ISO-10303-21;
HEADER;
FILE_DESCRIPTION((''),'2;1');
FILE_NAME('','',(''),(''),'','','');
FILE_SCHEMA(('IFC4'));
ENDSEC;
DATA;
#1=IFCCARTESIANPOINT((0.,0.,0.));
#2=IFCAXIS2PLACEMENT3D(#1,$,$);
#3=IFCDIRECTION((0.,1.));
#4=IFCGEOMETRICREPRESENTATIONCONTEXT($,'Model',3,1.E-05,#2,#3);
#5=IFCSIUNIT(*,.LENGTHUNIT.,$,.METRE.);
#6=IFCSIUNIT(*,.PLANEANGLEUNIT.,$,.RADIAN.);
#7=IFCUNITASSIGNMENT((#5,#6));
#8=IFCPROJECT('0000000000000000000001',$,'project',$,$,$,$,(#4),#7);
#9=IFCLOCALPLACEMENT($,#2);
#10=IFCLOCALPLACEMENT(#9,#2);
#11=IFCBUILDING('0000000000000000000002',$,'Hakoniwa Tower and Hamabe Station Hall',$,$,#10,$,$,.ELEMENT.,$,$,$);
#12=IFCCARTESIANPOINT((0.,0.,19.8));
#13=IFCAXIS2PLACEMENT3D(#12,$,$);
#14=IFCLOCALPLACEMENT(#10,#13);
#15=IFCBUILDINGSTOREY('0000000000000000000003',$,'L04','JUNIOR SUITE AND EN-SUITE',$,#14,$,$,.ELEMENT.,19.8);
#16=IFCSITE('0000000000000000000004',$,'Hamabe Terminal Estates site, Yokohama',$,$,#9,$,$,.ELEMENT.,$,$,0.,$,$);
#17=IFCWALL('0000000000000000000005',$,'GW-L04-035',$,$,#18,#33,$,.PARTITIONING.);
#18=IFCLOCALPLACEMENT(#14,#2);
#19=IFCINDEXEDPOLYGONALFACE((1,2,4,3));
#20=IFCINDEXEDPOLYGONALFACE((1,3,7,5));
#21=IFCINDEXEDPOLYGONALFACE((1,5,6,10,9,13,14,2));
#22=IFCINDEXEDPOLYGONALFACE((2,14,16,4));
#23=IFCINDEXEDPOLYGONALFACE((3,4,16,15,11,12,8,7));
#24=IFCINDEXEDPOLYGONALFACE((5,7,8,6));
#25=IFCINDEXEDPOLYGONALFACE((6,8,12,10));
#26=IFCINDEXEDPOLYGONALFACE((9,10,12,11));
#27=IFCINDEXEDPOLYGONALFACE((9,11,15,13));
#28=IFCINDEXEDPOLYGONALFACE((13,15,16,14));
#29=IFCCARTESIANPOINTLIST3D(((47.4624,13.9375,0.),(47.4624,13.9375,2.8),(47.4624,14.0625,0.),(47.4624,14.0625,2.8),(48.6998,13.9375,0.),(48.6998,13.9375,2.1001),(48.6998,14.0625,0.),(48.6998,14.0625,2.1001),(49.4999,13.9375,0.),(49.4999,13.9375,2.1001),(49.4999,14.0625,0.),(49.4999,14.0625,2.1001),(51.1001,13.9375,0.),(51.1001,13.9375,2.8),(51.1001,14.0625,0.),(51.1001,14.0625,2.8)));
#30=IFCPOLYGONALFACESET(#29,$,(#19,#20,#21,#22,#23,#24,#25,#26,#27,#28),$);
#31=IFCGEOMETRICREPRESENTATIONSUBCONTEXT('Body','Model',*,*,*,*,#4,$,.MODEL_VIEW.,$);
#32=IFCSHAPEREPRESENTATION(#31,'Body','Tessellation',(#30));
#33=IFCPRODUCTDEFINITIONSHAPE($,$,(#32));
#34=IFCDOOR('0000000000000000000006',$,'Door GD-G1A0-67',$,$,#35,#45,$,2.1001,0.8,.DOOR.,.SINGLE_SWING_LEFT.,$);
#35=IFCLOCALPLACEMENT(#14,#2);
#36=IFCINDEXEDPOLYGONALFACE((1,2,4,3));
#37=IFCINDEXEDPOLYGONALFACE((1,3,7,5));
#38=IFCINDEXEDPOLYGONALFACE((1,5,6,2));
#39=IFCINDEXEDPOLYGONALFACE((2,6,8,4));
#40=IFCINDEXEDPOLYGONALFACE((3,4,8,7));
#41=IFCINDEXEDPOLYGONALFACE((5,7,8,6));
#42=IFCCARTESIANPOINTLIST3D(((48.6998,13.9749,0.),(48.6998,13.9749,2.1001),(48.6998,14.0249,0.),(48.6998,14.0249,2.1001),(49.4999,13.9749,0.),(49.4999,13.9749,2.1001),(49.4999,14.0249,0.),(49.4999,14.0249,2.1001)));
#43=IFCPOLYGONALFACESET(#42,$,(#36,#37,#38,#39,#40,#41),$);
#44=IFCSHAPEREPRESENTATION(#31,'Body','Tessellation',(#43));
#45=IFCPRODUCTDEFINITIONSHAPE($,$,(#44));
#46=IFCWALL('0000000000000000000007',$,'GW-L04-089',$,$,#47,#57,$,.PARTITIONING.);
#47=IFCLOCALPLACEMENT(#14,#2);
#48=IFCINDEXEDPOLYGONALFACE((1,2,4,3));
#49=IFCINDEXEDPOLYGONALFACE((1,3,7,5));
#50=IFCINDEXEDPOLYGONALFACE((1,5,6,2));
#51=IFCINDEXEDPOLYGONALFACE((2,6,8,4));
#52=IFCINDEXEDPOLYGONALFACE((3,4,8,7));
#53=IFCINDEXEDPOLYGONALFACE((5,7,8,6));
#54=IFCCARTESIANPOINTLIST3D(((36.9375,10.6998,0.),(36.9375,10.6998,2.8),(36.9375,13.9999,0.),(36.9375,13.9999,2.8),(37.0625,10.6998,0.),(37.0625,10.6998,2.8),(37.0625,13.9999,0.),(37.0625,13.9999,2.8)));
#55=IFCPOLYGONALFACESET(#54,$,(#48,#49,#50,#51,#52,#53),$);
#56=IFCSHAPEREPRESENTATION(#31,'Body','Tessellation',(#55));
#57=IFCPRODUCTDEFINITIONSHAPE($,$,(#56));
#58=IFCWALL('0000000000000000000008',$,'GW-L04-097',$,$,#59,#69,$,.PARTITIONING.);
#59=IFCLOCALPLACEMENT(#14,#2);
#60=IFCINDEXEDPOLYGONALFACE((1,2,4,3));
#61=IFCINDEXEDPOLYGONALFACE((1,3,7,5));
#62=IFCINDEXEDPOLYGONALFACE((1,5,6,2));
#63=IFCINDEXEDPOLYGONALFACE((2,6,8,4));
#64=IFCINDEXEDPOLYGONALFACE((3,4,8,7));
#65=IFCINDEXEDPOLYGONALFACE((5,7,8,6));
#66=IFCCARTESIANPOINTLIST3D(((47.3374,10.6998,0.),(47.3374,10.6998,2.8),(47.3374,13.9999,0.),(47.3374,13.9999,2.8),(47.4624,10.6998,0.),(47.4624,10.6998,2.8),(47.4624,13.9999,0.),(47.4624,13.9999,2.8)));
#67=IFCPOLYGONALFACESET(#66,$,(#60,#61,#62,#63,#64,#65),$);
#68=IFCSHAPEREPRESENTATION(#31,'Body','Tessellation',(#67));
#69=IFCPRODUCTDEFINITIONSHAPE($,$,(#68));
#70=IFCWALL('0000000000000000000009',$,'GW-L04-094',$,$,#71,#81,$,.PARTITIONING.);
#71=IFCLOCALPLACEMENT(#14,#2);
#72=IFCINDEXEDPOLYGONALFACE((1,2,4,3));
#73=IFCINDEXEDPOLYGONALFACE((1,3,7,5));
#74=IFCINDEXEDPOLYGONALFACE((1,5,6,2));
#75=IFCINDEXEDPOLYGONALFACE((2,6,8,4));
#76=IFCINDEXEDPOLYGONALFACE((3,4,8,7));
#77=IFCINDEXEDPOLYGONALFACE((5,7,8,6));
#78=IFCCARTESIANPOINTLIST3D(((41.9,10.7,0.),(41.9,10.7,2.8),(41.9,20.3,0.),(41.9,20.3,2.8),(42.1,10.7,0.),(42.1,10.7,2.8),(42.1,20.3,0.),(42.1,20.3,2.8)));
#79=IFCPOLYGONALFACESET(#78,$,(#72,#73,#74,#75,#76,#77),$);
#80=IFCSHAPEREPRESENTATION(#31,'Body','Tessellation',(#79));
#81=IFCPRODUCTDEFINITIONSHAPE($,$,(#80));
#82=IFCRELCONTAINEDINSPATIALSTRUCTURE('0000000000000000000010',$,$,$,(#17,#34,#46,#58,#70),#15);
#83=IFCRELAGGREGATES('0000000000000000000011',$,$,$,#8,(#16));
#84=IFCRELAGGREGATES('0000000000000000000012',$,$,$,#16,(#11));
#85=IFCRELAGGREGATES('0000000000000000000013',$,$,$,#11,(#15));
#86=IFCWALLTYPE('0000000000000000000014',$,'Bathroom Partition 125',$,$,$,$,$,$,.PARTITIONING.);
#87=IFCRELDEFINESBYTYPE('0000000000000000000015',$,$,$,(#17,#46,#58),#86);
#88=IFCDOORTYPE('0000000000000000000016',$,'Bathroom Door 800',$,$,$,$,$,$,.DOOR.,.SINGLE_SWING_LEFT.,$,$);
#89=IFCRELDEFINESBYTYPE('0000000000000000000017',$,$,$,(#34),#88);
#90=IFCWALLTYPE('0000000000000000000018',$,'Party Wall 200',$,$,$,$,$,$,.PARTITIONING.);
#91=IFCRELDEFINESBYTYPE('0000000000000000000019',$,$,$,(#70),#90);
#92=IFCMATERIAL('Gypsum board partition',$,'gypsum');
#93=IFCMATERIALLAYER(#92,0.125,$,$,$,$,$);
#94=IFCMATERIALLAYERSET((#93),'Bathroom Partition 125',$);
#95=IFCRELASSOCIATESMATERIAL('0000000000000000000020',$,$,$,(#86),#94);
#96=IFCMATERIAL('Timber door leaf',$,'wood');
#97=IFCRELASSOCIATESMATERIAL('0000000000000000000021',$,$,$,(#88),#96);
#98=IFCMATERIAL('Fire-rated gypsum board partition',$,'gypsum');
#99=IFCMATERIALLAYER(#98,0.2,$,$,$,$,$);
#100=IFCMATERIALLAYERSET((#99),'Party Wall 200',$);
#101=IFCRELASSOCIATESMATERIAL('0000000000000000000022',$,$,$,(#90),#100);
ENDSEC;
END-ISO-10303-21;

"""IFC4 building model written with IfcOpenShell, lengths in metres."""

from ifc_helpers import new_model, si_unit, direction, frame, frame_2d, origin, place, context, subcontext, project, spatial, rectangle, extrude, material, layer, layer_set, type_object, element, fill, save


model = new_model("IFC4")

# Units and contexts
model_context = context("Model", 3, precision=1e-05, world=origin(), true_north=direction((0.0, 1.0)))
body_context = subcontext(model_context, "Body", "Model", "MODEL_VIEW")
ifc_project = project(units=[si_unit("LENGTHUNIT", "METRE"), si_unit("PLANEANGLEUNIT", "RADIAN")], contexts=[model_context])

# Site, building, storey
site_placement = place(None, origin())
site = spatial("IfcSite", under=ifc_project, at=site_placement, Name="Hamabe Terminal Estates site, Yokohama", CompositionType="ELEMENT", RefElevation=0.0)
building_placement = place(site_placement, origin())
building = spatial("IfcBuilding", under=site, at=building_placement, Name="Hakoniwa Tower and Hamabe Station Hall", CompositionType="ELEMENT")
storey_placement = place(building_placement, frame((0.0, 0.0, 19.8)))
storey = spatial("IfcBuildingStorey", under=building, at=storey_placement, Name="L04", Description="JUNIOR SUITE AND EN-SUITE", CompositionType="ELEMENT", Elevation=19.8)

# Shared definitions
ifc_material_1 = material(Name="Gypsum board partition", Category="gypsum")
ifc_layer_1 = layer(ifc_material_1, 0.125)
ifc_layer_set_1 = layer_set([ifc_layer_1], Name="Bathroom Partition 125")
wall_type_1 = type_object("IfcWallType", Name="Bathroom Partition 125", PredefinedType="PARTITIONING", material=ifc_layer_set_1)
ifc_material_2 = material(Name="Timber door leaf", Category="wood")
door_type = type_object("IfcDoorType", Name="Bathroom Door 800", OperationType="SINGLE_SWING_LEFT", PredefinedType="DOOR", material=ifc_material_2)

# Wall, opening, door
wall_1_placement = place(storey_placement, frame((47.4624, 14.0, 0.0), z_axis=(0.0, 0.0, 1.0), x_axis=(1.0, 0.0, 0.0)))
wall_1 = element("IfcWall", 1, at=wall_1_placement, inside=storey, type_object=wall_type_1, Name="GW-L04-035", PredefinedType="PARTITIONING", context=body_context, shape_type="SweptSolid", body=[
    extrude(rectangle(XDim=3.6377, YDim=0.125, at=frame_2d((1.8188, 0.0))), origin(), (0.0, 0.0, 1.0), 2.8),
])
opening_1_placement = place(wall_1_placement, frame((1.2375, 0.0, 0.0)))
opening_1 = element("IfcOpeningElement", 2, at=opening_1_placement, cuts=wall_1, PredefinedType="OPENING", context=body_context, shape_type="SweptSolid", body=[
    extrude(rectangle(XDim=0.8, YDim=2.1001, at=frame_2d((0.3999, 1.05))), frame((0.0, 0.0725, 0.0), z_axis=(0.0, -1.0, 0.0), x_axis=(1.0, 0.0, 0.0)), (0.0, 0.0, 1.0), 0.145),
])
door_1_placement = place(opening_1_placement, origin())
door_1 = element("IfcDoor", 3, at=door_1_placement, inside=storey, type_object=door_type, Name="Door GD-G1A0-67", OperationType="SINGLE_SWING_LEFT", OverallHeight=2.1001, OverallWidth=0.8, PredefinedType="DOOR", context=body_context, shape_type="SweptSolid", body=[
    extrude(rectangle(XDim=0.8, YDim=2.1001, at=frame_2d((0.3999, 1.05))), frame((0.0, 0.0249, 0.0), z_axis=(0.0, -1.0, 0.0), x_axis=(1.0, 0.0, 0.0)), (0.0, 0.0, 1.0), 0.05),
])
fill(opening_1, door_1)

# Walls
for number, where, z_axis, x_axis, name in (
    (4, (37.0, 10.7, 0.0), (0.0, 0.0, 1.0), (0.0, 1.0, 0.0), "GW-L04-089"),
    (5, (47.3999, 10.7, 0.0), (0.0, 0.0, 1.0), (0.0, 1.0, 0.0), "GW-L04-097"),
):
    element("IfcWall", number, at=place(storey_placement, frame(where, z_axis=z_axis, x_axis=x_axis)), inside=storey, type_object=wall_type_1, Name=name, PredefinedType="PARTITIONING", context=body_context, shape_type="SweptSolid", body=[
        extrude(rectangle(XDim=3.3, YDim=0.125, at=frame_2d((1.6499, 0.0))), origin(), (0.0, 0.0, 1.0), 2.8),
    ])
ifc_material_3 = material(Name="Fire-rated gypsum board partition", Category="gypsum")
ifc_layer_2 = layer(ifc_material_3, 0.2)
ifc_layer_set_2 = layer_set([ifc_layer_2], Name="Party Wall 200")
wall_type_2 = type_object("IfcWallType", Name="Party Wall 200", PredefinedType="PARTITIONING", material=ifc_layer_set_2)
wall_2_placement = place(storey_placement, frame((42.0, 10.7, 0.0), z_axis=(0.0, 0.0, 1.0), x_axis=(0.0, 1.0, 0.0)))
element("IfcWall", 6, at=wall_2_placement, inside=storey, type_object=wall_type_2, Name="GW-L04-094", PredefinedType="PARTITIONING", context=body_context, shape_type="SweptSolid", body=[
    extrude(rectangle(XDim=9.6001, YDim=0.2, at=frame_2d((4.8, 0.0))), origin(), (0.0, 0.0, 1.0), 2.8),
])

save(model, "model.ifc")
